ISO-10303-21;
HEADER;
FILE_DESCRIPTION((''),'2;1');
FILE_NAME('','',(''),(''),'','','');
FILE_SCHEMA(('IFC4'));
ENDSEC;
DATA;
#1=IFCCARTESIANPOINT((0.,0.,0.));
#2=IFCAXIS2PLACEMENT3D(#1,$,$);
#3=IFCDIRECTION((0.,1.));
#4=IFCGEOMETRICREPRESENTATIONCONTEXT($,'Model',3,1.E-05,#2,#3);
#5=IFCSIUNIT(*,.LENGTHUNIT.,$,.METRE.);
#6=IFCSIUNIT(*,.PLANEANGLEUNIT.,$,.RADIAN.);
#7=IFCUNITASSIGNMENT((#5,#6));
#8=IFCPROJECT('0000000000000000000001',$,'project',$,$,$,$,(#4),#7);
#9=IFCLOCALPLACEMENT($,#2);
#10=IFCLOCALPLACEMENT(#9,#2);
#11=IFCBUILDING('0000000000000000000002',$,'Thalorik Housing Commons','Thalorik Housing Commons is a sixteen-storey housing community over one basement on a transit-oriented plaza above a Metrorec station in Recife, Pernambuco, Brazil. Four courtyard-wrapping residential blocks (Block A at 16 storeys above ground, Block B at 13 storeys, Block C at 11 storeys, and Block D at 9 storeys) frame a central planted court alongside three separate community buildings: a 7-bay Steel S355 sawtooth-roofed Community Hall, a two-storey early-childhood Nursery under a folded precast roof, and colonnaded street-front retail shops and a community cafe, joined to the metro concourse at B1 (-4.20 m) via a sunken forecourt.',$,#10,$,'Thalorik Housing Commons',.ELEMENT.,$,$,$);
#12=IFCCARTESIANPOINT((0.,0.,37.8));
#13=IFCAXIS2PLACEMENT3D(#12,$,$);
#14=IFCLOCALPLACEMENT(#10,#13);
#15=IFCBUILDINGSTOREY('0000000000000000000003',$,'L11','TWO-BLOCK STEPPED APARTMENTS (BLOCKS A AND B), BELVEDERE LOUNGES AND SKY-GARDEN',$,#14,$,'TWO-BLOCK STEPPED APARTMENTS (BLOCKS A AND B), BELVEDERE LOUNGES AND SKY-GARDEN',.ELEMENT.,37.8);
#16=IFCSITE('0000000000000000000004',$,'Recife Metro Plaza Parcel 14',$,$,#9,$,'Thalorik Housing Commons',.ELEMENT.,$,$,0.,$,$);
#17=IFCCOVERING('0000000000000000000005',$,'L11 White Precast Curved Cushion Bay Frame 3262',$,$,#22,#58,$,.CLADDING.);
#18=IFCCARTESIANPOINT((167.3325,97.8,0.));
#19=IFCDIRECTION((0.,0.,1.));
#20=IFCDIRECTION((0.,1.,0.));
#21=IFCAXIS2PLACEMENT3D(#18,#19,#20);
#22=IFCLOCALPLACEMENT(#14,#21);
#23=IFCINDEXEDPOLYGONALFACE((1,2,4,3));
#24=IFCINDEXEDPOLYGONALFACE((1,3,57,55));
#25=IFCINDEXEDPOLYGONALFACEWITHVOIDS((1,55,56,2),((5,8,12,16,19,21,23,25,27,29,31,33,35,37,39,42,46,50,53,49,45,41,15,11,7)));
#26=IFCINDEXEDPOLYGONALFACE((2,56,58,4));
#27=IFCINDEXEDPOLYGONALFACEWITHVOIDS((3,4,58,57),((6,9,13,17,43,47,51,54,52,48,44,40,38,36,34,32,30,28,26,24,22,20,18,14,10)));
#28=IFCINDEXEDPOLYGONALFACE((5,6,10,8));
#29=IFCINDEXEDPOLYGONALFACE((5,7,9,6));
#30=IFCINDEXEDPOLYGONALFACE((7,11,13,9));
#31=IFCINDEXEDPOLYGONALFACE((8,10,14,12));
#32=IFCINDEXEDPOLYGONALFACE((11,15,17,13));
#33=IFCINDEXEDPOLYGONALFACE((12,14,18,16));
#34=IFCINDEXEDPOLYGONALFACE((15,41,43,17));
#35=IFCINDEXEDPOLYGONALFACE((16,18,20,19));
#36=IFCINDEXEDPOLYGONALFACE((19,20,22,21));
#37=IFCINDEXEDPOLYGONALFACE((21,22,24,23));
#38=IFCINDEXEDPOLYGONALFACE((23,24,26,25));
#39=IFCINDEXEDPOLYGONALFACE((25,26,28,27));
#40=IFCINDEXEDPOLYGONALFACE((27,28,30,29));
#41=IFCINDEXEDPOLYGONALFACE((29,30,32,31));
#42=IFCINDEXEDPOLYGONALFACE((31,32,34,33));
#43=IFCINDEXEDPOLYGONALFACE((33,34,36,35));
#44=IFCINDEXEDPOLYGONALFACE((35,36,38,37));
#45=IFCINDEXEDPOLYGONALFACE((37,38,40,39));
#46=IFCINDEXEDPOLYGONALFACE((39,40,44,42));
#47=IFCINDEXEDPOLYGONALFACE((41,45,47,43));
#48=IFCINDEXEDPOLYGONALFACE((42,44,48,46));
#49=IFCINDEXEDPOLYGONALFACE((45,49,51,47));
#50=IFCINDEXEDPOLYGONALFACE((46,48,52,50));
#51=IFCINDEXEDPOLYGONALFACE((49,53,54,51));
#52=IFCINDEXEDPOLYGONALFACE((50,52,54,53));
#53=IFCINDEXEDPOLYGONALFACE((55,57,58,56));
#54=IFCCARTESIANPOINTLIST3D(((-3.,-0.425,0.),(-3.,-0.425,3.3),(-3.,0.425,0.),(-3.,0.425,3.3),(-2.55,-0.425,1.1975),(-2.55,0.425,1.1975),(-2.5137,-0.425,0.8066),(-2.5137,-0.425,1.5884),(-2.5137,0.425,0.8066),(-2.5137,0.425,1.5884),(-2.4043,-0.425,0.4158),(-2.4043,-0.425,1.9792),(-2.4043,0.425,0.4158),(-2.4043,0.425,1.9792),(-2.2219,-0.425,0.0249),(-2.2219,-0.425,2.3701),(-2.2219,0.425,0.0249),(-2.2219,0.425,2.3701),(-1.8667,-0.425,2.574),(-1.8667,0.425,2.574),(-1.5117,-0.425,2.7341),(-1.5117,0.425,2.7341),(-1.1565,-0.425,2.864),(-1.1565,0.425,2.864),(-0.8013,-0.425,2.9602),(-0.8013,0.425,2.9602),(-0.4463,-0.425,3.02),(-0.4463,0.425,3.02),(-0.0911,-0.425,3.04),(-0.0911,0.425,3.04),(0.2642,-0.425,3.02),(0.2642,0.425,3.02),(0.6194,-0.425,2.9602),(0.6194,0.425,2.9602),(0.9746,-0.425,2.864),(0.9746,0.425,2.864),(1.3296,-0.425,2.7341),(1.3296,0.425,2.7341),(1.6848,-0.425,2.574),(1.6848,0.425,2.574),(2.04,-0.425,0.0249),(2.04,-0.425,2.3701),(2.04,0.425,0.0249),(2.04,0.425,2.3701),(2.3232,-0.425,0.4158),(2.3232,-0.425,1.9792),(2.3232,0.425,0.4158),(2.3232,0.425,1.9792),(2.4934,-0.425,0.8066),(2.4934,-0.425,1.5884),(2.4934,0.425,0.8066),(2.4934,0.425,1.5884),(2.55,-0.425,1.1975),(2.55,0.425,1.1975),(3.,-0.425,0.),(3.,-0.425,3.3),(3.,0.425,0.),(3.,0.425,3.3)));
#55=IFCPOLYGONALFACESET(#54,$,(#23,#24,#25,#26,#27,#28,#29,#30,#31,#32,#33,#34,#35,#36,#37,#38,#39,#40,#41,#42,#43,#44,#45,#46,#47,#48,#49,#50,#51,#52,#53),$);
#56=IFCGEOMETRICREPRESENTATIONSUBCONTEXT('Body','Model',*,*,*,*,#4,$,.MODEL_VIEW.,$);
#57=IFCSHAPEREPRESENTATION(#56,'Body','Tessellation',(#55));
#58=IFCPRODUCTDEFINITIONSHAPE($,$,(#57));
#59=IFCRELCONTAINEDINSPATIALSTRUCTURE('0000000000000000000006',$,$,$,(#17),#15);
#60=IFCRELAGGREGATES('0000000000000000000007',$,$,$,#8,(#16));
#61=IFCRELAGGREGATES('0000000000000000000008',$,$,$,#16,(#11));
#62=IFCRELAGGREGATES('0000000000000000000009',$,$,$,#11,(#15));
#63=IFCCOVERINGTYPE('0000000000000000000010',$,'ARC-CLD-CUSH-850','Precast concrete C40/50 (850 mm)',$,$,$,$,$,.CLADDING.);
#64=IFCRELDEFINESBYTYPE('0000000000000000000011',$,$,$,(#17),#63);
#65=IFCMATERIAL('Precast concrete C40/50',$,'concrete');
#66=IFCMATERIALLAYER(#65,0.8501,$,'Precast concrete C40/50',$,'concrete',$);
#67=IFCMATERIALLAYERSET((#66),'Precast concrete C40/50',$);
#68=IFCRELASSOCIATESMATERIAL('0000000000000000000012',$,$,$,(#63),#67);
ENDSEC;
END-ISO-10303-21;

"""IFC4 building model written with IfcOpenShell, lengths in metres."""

from ifc_helpers import new_model, si_unit, direction, frame, origin, place, context, subcontext, project, spatial, polyline, outline, extrude, material, layer, layer_set, type_object, element, save


model = new_model("IFC4")

# Units and contexts
model_context = context("Model", 3, precision=1e-05, world=origin(), true_north=direction((0.0, 1.0)))
body_context = subcontext(model_context, "Body", "Model", "MODEL_VIEW")
ifc_project = project(units=[si_unit("LENGTHUNIT", "METRE"), si_unit("PLANEANGLEUNIT", "RADIAN")], contexts=[model_context])

# Site, building, storey
site_placement = place(None, origin())
site = spatial("IfcSite", under=ifc_project, at=site_placement, Name="Recife Metro Plaza Parcel 14", LongName="Thalorik Housing Commons", CompositionType="ELEMENT", RefElevation=0.0)
building_placement = place(site_placement, origin())
building = spatial("IfcBuilding", under=site, at=building_placement, Name="Thalorik Housing Commons", Description="Thalorik Housing Commons is a sixteen-storey housing community over one basement on a transit-oriented plaza above a Metrorec station in Recife, Pernambuco, Brazil. Four courtyard-wrapping residential blocks (Block A at 16 storeys above ground, Block B at 13 storeys, Block C at 11 storeys, and Block D at 9 storeys) frame a central planted court alongside three separate community buildings: a 7-bay Steel S355 sawtooth-roofed Community Hall, a two-storey early-childhood Nursery under a folded precast roof, and colonnaded street-front retail shops and a community cafe, joined to the metro concourse at B1 (-4.20 m) via a sunken forecourt.", LongName="Thalorik Housing Commons", CompositionType="ELEMENT")
storey_placement = place(building_placement, frame((0.0, 0.0, 37.8)))
storey = spatial("IfcBuildingStorey", under=building, at=storey_placement, Name="L11", Description="TWO-BLOCK STEPPED APARTMENTS (BLOCKS A AND B), BELVEDERE LOUNGES AND SKY-GARDEN", LongName="TWO-BLOCK STEPPED APARTMENTS (BLOCKS A AND B), BELVEDERE LOUNGES AND SKY-GARDEN", CompositionType="ELEMENT", Elevation=37.8)

# Shared definitions
ifc_material_1 = material(Name="Precast concrete C40/50", Category="concrete")

# Covering
ifc_layer_1 = layer(ifc_material_1, 0.8501, Name="Precast concrete C40/50", Category="concrete")
ifc_layer_set_1 = layer_set([ifc_layer_1], Name="Precast concrete C40/50")
covering_type_1 = type_object("IfcCoveringType", Name="ARC-CLD-CUSH-850", Description="Precast concrete C40/50 (850 mm)", PredefinedType="CLADDING", material=ifc_layer_set_1)
covering_1_placement = place(storey_placement, frame((167.3325, 97.8, 0.0), z_axis=(0.0, 0.0, 1.0), x_axis=(0.0, 1.0, 0.0)))
element("IfcCovering", 1, at=covering_1_placement, inside=storey, type_object=covering_type_1, Name="L11 White Precast Curved Cushion Bay Frame 3262", PredefinedType="CLADDING", context=body_context, shape_type="SweptSolid", body=[
    extrude(outline(polyline([(-3.0, 0.0), (3.0, 0.0), (3.0, 3.3), (-3.0, 3.3), (-3.0, 0.0)]), holes=[polyline([(2.04, 0.0249), (2.3232, 0.4158), (2.4934, 0.8066), (2.55, 1.1975), (2.4934, 1.5884), (2.3232, 1.9792), (2.04, 2.3701), (1.6848, 2.574), (1.3296, 2.7341), (0.9746, 2.864), (0.6194, 2.9602), (0.2642, 3.02), (-0.0911, 3.04), (-0.4463, 3.02), (-0.8013, 2.9602), (-1.1565, 2.864), (-1.5117, 2.7341), (-1.8667, 2.574), (-2.2219, 2.3701), (-2.4043, 1.9792), (-2.5137, 1.5884), (-2.55, 1.1975), (-2.5137, 0.8066), (-2.4043, 0.4158), (-2.2219, 0.0249), (2.04, 0.0249)])]), frame((0.0, 0.425, 0.0), z_axis=(0.0, -1.0, 0.0), x_axis=(1.0, 0.0, 0.0)), (0.0, 0.0, 1.0), 0.8501),
])

save(model, "model.ifc")
